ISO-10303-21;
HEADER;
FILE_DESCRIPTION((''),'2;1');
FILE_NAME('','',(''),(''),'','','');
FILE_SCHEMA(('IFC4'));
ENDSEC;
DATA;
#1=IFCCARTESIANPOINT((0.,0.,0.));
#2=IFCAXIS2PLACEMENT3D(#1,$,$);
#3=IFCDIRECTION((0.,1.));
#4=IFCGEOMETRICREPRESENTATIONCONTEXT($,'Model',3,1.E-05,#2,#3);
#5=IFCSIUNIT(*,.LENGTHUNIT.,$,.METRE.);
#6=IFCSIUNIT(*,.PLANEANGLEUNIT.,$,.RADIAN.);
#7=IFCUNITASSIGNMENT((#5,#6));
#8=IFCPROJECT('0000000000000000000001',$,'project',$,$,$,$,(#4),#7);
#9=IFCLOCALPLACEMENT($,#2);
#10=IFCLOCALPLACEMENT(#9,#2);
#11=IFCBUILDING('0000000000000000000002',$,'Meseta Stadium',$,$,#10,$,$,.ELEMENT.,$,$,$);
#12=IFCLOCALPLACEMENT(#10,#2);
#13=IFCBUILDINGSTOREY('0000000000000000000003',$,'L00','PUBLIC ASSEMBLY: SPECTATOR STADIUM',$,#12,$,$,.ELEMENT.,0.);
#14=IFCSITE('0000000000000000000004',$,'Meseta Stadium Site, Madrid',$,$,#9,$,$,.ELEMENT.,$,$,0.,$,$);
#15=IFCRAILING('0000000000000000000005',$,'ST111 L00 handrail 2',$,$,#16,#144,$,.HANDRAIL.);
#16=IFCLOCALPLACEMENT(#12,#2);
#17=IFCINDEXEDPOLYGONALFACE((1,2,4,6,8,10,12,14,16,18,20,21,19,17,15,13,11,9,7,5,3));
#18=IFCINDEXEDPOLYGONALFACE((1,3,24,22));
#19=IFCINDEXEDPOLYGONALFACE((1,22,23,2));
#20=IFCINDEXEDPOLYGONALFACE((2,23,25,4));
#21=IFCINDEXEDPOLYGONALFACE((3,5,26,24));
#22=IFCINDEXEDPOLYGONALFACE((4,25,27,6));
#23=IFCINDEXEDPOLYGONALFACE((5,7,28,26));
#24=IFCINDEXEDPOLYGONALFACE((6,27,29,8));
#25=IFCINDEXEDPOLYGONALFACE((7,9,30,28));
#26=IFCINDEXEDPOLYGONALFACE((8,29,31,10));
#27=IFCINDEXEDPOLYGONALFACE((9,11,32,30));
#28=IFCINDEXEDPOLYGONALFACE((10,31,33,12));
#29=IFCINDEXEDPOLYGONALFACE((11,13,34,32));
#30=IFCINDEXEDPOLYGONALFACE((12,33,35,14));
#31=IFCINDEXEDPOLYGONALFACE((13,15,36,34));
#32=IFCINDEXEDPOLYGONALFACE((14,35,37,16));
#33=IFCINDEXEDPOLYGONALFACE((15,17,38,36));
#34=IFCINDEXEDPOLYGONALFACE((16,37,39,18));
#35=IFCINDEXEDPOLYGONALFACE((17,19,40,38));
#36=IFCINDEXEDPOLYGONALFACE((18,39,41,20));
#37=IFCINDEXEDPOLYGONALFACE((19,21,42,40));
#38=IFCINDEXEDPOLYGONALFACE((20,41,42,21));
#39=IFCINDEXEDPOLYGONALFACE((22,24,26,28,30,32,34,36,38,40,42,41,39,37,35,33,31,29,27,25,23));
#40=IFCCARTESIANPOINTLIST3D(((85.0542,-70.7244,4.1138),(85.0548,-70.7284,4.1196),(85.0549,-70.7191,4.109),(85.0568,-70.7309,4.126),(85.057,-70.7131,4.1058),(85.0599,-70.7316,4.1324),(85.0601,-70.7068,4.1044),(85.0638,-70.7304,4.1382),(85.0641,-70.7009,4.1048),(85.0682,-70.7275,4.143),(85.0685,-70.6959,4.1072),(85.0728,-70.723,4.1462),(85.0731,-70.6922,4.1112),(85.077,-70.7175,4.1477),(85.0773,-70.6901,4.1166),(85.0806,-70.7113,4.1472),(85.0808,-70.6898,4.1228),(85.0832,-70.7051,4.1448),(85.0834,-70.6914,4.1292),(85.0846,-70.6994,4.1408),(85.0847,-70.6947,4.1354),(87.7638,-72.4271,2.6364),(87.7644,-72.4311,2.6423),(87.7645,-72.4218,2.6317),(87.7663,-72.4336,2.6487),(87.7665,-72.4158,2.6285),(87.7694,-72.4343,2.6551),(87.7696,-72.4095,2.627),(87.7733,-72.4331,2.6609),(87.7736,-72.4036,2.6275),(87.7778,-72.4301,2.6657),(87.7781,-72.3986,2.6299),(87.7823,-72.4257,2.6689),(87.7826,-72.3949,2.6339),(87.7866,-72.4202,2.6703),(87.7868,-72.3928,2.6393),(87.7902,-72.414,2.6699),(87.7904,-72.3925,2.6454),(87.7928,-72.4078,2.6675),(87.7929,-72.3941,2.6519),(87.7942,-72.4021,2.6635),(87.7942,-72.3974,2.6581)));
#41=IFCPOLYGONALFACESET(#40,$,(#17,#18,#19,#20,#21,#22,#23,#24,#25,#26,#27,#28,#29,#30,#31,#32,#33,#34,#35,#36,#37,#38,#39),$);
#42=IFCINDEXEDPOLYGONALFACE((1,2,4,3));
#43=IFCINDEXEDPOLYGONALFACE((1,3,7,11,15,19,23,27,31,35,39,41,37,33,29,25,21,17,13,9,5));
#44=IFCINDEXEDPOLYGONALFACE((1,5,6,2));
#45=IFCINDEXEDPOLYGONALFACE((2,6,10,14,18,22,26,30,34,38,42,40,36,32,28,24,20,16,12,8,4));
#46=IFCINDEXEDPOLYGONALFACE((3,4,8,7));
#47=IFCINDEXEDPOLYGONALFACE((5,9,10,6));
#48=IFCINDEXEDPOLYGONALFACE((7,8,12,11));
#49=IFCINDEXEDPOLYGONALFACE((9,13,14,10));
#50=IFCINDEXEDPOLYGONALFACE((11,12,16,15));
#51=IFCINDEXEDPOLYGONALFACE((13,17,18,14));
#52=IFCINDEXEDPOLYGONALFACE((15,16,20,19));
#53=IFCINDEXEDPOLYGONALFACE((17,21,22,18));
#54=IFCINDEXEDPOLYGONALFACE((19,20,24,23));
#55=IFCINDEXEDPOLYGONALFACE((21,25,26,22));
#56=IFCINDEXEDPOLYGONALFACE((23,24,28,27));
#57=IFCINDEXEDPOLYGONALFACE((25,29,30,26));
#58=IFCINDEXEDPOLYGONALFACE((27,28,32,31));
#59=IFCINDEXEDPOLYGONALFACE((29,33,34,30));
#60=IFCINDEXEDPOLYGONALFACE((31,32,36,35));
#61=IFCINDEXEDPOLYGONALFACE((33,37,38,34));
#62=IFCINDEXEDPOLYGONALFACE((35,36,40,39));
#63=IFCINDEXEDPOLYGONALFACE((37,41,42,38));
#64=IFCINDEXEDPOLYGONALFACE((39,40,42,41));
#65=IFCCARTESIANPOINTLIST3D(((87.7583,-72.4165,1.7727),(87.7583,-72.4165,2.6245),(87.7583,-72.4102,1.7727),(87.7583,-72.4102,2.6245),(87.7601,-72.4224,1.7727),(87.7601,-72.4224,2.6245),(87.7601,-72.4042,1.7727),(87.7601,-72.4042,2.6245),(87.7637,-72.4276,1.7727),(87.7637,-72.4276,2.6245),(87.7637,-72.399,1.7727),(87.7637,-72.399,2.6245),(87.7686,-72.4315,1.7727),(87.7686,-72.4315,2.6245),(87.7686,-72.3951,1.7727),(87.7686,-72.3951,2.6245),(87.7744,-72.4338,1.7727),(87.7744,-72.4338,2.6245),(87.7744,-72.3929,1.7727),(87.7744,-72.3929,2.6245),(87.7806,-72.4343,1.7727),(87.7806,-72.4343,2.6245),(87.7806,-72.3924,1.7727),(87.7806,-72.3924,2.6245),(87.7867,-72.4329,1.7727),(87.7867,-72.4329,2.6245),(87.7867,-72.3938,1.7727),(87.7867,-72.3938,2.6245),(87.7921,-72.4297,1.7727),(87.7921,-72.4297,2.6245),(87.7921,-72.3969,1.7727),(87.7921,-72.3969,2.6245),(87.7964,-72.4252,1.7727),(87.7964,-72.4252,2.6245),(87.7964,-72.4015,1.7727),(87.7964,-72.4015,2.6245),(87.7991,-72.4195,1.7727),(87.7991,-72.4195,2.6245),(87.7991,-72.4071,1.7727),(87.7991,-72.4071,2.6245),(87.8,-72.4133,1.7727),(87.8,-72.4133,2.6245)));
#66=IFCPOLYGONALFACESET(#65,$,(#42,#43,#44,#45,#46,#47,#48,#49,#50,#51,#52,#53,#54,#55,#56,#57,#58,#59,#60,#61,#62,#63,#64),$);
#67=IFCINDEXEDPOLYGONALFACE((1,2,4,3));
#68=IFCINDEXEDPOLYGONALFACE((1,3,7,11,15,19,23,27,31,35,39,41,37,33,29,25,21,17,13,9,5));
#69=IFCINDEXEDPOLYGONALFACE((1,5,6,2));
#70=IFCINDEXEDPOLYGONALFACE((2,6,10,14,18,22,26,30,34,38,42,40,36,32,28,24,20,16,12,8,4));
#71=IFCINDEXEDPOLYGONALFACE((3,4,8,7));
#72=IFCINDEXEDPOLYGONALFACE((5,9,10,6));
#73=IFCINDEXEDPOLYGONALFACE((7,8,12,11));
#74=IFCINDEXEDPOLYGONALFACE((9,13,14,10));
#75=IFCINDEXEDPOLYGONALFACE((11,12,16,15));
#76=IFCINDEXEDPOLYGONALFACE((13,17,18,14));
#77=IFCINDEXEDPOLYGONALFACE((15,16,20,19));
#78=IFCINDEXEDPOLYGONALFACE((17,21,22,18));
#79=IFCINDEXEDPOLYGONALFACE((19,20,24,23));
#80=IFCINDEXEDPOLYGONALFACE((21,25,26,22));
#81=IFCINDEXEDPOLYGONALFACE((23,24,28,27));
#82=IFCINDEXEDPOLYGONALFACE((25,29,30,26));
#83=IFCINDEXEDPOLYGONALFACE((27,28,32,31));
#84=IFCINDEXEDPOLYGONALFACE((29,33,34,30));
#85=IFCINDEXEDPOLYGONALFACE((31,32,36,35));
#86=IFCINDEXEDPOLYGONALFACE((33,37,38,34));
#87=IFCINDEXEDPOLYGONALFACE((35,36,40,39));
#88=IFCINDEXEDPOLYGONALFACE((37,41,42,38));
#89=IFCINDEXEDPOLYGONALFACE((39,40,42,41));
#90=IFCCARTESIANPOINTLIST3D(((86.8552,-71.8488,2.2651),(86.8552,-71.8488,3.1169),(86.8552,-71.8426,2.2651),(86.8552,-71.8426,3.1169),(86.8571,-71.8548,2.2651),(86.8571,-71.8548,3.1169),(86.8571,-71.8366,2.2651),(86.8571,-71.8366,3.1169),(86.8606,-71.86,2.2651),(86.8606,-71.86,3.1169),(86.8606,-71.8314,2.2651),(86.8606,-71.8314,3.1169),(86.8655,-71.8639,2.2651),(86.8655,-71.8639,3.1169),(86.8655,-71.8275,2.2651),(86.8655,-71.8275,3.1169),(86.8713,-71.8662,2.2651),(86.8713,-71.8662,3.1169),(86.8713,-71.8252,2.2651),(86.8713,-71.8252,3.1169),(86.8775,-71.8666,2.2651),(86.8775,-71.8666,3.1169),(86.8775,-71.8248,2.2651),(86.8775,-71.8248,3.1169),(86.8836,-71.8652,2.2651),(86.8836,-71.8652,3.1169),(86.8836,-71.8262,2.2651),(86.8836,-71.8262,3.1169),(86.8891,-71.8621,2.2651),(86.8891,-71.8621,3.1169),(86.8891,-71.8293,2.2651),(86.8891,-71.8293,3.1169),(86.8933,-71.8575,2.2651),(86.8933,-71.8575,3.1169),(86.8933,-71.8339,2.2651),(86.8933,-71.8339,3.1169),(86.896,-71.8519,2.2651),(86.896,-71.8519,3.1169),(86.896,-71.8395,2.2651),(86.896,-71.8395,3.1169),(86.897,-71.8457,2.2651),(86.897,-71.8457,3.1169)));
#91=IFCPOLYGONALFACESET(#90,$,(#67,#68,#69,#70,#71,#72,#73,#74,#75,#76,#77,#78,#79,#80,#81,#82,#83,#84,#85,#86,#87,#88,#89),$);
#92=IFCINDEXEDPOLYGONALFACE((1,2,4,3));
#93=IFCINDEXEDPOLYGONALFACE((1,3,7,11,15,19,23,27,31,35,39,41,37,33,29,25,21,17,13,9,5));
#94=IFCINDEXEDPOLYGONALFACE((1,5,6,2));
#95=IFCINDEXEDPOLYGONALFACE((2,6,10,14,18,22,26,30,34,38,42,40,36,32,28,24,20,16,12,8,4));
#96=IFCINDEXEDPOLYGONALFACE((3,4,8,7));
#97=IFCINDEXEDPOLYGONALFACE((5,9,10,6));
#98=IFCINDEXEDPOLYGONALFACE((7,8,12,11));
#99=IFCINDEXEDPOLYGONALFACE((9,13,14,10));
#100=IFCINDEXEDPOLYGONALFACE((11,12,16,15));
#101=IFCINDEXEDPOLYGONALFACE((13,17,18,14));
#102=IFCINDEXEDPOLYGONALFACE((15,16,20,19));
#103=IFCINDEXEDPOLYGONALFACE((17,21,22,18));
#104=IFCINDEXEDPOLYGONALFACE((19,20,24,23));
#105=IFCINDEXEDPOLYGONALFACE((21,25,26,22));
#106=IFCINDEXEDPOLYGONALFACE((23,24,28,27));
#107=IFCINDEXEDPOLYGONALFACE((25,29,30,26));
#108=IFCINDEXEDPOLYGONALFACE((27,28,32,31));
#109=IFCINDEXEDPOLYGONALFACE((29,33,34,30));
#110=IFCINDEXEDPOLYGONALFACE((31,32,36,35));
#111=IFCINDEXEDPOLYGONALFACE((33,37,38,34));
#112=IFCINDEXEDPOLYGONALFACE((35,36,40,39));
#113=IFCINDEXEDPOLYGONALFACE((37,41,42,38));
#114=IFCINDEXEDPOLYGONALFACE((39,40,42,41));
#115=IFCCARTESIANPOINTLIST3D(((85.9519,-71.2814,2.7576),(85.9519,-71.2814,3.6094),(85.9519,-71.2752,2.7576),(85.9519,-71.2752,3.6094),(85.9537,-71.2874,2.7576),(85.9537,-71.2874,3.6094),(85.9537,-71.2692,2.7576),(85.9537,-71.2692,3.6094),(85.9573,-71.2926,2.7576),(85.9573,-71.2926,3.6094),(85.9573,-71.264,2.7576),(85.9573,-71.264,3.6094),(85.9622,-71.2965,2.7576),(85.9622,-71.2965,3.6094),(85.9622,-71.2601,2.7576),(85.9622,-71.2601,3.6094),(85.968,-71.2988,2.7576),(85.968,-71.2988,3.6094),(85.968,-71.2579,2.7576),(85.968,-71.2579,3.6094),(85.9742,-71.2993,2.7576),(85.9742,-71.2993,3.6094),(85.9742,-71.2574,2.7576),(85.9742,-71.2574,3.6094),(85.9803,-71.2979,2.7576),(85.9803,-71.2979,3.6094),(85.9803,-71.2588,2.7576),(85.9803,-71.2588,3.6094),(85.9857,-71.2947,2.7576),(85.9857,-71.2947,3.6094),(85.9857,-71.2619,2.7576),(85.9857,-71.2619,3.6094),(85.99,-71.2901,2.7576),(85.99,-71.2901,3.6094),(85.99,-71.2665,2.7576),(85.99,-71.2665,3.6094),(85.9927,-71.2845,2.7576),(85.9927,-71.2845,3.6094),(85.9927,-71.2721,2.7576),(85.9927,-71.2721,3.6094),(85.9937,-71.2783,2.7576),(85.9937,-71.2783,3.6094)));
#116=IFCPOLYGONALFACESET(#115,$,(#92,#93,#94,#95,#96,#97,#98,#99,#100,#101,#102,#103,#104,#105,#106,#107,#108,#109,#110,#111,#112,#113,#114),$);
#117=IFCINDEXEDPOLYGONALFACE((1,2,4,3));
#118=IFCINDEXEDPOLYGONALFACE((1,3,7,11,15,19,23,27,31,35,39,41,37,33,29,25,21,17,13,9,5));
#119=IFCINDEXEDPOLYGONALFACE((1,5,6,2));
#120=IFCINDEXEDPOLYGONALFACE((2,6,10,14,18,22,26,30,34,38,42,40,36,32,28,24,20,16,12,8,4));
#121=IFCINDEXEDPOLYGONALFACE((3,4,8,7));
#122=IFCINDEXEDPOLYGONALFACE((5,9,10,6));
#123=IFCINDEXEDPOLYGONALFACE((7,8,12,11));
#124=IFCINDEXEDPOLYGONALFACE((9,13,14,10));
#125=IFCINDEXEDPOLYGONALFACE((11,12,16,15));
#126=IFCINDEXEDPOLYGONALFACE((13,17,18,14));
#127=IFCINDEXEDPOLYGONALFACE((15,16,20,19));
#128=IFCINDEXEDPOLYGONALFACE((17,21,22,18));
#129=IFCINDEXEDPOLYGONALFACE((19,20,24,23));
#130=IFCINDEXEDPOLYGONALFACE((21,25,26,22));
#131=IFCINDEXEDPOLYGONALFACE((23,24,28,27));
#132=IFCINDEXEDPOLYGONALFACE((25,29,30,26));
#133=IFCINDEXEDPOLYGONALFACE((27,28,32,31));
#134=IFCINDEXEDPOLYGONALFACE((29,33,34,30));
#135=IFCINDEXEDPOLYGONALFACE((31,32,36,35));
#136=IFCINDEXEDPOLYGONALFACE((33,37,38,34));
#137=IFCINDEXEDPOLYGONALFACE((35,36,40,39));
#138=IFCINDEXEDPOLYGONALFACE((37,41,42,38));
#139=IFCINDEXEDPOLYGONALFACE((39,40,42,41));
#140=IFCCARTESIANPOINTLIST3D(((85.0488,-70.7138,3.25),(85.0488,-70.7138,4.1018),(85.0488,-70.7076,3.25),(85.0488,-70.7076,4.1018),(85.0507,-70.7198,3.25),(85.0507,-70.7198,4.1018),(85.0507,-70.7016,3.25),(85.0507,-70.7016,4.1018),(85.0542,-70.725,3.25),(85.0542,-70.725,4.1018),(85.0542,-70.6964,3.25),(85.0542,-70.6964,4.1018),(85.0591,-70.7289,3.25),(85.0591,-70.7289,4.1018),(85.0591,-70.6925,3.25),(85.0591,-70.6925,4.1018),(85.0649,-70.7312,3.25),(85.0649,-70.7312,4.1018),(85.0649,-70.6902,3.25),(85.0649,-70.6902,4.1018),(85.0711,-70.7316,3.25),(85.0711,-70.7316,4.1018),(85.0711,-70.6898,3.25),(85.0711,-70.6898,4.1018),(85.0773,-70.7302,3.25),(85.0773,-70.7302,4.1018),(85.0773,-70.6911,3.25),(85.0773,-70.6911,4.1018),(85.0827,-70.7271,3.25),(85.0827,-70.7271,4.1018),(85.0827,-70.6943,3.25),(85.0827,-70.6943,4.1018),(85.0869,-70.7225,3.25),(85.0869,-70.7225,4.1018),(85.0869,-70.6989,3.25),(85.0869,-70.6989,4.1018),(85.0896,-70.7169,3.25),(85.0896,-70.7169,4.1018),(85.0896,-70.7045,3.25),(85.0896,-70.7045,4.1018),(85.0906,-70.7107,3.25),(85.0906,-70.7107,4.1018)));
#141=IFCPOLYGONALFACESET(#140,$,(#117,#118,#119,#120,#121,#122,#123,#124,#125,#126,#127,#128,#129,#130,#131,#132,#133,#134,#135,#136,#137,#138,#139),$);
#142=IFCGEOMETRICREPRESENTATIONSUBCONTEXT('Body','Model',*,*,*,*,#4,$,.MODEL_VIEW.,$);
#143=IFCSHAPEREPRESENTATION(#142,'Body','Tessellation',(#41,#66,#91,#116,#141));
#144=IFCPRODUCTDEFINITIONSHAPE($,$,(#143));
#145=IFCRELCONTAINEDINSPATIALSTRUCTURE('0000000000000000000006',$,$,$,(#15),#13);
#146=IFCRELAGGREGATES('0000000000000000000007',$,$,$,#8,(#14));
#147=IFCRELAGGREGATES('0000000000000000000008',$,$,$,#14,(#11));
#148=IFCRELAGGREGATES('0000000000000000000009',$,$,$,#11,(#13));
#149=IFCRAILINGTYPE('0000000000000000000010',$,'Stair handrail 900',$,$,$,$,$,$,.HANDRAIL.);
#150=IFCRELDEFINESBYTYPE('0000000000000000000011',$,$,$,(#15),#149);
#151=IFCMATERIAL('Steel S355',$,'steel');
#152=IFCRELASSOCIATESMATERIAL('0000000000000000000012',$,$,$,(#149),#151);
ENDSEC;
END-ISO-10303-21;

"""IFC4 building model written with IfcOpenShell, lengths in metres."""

from ifc_helpers import new_model, si_unit, direction, frame, origin, origin_2d, place, context, subcontext, project, spatial, circle, extrude, material, type_object, element, save


model = new_model("IFC4")

# Units and contexts
model_context = context("Model", 3, precision=1e-05, world=origin(), true_north=direction((0.0, 1.0)))
body_context = subcontext(model_context, "Body", "Model", "MODEL_VIEW")
ifc_project = project(units=[si_unit("LENGTHUNIT", "METRE"), si_unit("PLANEANGLEUNIT", "RADIAN")], contexts=[model_context])

# Site, building, storey
site_placement = place(None, origin())
site = spatial("IfcSite", under=ifc_project, at=site_placement, Name="Meseta Stadium Site, Madrid", CompositionType="ELEMENT", RefElevation=0.0)
building_placement = place(site_placement, origin())
building = spatial("IfcBuilding", under=site, at=building_placement, Name="Meseta Stadium", CompositionType="ELEMENT")
storey_placement = place(building_placement, origin())
storey = spatial("IfcBuildingStorey", under=building, at=storey_placement, Name="L00", Description="PUBLIC ASSEMBLY: SPECTATOR STADIUM", CompositionType="ELEMENT", Elevation=0.0)

# Railing
ifc_material_1 = material(Name="Steel S355", Category="steel")
railing_type_1 = type_object("IfcRailingType", Name="Stair handrail 900", PredefinedType="HANDRAIL", material=ifc_material_1)
for number, where, name in (
    (1, (87.7791, -72.4133, 1.7727), "ST111 L00 handrail 2"),
):
    element("IfcRailing", number, at=place(storey_placement, frame(where)), inside=storey, type_object=railing_type_1, Name=name, PredefinedType="HANDRAIL", context=body_context, shape_type="SweptSolid", body=[
        extrude(circle(Radius=0.0239, at=origin_2d()), frame((0.0, 0.0, 0.876), z_axis=(-0.768738, 0.483076, 0.419142), x_axis=(-0.532068, -0.846701, 0.0)), (0.0, 0.0, 1.0), 3.5247),
        extrude(circle(Radius=0.021, at=origin_2d()), origin(), (0.0, 0.0, 1.0), 0.8518),
        extrude(circle(Radius=0.021, at=origin_2d()), frame((-0.9031, 0.5676, 0.4924)), (0.0, 0.0, 1.0), 0.8518),
        extrude(circle(Radius=0.021, at=origin_2d()), frame((-1.8064, 1.135, 0.9849)), (0.0, 0.0, 1.0), 0.8518),
        extrude(circle(Radius=0.021, at=origin_2d()), frame((-2.7095, 1.7026, 1.4773)), (0.0, 0.0, 1.0), 0.8518),
    ])

save(model, "model.ifc")
